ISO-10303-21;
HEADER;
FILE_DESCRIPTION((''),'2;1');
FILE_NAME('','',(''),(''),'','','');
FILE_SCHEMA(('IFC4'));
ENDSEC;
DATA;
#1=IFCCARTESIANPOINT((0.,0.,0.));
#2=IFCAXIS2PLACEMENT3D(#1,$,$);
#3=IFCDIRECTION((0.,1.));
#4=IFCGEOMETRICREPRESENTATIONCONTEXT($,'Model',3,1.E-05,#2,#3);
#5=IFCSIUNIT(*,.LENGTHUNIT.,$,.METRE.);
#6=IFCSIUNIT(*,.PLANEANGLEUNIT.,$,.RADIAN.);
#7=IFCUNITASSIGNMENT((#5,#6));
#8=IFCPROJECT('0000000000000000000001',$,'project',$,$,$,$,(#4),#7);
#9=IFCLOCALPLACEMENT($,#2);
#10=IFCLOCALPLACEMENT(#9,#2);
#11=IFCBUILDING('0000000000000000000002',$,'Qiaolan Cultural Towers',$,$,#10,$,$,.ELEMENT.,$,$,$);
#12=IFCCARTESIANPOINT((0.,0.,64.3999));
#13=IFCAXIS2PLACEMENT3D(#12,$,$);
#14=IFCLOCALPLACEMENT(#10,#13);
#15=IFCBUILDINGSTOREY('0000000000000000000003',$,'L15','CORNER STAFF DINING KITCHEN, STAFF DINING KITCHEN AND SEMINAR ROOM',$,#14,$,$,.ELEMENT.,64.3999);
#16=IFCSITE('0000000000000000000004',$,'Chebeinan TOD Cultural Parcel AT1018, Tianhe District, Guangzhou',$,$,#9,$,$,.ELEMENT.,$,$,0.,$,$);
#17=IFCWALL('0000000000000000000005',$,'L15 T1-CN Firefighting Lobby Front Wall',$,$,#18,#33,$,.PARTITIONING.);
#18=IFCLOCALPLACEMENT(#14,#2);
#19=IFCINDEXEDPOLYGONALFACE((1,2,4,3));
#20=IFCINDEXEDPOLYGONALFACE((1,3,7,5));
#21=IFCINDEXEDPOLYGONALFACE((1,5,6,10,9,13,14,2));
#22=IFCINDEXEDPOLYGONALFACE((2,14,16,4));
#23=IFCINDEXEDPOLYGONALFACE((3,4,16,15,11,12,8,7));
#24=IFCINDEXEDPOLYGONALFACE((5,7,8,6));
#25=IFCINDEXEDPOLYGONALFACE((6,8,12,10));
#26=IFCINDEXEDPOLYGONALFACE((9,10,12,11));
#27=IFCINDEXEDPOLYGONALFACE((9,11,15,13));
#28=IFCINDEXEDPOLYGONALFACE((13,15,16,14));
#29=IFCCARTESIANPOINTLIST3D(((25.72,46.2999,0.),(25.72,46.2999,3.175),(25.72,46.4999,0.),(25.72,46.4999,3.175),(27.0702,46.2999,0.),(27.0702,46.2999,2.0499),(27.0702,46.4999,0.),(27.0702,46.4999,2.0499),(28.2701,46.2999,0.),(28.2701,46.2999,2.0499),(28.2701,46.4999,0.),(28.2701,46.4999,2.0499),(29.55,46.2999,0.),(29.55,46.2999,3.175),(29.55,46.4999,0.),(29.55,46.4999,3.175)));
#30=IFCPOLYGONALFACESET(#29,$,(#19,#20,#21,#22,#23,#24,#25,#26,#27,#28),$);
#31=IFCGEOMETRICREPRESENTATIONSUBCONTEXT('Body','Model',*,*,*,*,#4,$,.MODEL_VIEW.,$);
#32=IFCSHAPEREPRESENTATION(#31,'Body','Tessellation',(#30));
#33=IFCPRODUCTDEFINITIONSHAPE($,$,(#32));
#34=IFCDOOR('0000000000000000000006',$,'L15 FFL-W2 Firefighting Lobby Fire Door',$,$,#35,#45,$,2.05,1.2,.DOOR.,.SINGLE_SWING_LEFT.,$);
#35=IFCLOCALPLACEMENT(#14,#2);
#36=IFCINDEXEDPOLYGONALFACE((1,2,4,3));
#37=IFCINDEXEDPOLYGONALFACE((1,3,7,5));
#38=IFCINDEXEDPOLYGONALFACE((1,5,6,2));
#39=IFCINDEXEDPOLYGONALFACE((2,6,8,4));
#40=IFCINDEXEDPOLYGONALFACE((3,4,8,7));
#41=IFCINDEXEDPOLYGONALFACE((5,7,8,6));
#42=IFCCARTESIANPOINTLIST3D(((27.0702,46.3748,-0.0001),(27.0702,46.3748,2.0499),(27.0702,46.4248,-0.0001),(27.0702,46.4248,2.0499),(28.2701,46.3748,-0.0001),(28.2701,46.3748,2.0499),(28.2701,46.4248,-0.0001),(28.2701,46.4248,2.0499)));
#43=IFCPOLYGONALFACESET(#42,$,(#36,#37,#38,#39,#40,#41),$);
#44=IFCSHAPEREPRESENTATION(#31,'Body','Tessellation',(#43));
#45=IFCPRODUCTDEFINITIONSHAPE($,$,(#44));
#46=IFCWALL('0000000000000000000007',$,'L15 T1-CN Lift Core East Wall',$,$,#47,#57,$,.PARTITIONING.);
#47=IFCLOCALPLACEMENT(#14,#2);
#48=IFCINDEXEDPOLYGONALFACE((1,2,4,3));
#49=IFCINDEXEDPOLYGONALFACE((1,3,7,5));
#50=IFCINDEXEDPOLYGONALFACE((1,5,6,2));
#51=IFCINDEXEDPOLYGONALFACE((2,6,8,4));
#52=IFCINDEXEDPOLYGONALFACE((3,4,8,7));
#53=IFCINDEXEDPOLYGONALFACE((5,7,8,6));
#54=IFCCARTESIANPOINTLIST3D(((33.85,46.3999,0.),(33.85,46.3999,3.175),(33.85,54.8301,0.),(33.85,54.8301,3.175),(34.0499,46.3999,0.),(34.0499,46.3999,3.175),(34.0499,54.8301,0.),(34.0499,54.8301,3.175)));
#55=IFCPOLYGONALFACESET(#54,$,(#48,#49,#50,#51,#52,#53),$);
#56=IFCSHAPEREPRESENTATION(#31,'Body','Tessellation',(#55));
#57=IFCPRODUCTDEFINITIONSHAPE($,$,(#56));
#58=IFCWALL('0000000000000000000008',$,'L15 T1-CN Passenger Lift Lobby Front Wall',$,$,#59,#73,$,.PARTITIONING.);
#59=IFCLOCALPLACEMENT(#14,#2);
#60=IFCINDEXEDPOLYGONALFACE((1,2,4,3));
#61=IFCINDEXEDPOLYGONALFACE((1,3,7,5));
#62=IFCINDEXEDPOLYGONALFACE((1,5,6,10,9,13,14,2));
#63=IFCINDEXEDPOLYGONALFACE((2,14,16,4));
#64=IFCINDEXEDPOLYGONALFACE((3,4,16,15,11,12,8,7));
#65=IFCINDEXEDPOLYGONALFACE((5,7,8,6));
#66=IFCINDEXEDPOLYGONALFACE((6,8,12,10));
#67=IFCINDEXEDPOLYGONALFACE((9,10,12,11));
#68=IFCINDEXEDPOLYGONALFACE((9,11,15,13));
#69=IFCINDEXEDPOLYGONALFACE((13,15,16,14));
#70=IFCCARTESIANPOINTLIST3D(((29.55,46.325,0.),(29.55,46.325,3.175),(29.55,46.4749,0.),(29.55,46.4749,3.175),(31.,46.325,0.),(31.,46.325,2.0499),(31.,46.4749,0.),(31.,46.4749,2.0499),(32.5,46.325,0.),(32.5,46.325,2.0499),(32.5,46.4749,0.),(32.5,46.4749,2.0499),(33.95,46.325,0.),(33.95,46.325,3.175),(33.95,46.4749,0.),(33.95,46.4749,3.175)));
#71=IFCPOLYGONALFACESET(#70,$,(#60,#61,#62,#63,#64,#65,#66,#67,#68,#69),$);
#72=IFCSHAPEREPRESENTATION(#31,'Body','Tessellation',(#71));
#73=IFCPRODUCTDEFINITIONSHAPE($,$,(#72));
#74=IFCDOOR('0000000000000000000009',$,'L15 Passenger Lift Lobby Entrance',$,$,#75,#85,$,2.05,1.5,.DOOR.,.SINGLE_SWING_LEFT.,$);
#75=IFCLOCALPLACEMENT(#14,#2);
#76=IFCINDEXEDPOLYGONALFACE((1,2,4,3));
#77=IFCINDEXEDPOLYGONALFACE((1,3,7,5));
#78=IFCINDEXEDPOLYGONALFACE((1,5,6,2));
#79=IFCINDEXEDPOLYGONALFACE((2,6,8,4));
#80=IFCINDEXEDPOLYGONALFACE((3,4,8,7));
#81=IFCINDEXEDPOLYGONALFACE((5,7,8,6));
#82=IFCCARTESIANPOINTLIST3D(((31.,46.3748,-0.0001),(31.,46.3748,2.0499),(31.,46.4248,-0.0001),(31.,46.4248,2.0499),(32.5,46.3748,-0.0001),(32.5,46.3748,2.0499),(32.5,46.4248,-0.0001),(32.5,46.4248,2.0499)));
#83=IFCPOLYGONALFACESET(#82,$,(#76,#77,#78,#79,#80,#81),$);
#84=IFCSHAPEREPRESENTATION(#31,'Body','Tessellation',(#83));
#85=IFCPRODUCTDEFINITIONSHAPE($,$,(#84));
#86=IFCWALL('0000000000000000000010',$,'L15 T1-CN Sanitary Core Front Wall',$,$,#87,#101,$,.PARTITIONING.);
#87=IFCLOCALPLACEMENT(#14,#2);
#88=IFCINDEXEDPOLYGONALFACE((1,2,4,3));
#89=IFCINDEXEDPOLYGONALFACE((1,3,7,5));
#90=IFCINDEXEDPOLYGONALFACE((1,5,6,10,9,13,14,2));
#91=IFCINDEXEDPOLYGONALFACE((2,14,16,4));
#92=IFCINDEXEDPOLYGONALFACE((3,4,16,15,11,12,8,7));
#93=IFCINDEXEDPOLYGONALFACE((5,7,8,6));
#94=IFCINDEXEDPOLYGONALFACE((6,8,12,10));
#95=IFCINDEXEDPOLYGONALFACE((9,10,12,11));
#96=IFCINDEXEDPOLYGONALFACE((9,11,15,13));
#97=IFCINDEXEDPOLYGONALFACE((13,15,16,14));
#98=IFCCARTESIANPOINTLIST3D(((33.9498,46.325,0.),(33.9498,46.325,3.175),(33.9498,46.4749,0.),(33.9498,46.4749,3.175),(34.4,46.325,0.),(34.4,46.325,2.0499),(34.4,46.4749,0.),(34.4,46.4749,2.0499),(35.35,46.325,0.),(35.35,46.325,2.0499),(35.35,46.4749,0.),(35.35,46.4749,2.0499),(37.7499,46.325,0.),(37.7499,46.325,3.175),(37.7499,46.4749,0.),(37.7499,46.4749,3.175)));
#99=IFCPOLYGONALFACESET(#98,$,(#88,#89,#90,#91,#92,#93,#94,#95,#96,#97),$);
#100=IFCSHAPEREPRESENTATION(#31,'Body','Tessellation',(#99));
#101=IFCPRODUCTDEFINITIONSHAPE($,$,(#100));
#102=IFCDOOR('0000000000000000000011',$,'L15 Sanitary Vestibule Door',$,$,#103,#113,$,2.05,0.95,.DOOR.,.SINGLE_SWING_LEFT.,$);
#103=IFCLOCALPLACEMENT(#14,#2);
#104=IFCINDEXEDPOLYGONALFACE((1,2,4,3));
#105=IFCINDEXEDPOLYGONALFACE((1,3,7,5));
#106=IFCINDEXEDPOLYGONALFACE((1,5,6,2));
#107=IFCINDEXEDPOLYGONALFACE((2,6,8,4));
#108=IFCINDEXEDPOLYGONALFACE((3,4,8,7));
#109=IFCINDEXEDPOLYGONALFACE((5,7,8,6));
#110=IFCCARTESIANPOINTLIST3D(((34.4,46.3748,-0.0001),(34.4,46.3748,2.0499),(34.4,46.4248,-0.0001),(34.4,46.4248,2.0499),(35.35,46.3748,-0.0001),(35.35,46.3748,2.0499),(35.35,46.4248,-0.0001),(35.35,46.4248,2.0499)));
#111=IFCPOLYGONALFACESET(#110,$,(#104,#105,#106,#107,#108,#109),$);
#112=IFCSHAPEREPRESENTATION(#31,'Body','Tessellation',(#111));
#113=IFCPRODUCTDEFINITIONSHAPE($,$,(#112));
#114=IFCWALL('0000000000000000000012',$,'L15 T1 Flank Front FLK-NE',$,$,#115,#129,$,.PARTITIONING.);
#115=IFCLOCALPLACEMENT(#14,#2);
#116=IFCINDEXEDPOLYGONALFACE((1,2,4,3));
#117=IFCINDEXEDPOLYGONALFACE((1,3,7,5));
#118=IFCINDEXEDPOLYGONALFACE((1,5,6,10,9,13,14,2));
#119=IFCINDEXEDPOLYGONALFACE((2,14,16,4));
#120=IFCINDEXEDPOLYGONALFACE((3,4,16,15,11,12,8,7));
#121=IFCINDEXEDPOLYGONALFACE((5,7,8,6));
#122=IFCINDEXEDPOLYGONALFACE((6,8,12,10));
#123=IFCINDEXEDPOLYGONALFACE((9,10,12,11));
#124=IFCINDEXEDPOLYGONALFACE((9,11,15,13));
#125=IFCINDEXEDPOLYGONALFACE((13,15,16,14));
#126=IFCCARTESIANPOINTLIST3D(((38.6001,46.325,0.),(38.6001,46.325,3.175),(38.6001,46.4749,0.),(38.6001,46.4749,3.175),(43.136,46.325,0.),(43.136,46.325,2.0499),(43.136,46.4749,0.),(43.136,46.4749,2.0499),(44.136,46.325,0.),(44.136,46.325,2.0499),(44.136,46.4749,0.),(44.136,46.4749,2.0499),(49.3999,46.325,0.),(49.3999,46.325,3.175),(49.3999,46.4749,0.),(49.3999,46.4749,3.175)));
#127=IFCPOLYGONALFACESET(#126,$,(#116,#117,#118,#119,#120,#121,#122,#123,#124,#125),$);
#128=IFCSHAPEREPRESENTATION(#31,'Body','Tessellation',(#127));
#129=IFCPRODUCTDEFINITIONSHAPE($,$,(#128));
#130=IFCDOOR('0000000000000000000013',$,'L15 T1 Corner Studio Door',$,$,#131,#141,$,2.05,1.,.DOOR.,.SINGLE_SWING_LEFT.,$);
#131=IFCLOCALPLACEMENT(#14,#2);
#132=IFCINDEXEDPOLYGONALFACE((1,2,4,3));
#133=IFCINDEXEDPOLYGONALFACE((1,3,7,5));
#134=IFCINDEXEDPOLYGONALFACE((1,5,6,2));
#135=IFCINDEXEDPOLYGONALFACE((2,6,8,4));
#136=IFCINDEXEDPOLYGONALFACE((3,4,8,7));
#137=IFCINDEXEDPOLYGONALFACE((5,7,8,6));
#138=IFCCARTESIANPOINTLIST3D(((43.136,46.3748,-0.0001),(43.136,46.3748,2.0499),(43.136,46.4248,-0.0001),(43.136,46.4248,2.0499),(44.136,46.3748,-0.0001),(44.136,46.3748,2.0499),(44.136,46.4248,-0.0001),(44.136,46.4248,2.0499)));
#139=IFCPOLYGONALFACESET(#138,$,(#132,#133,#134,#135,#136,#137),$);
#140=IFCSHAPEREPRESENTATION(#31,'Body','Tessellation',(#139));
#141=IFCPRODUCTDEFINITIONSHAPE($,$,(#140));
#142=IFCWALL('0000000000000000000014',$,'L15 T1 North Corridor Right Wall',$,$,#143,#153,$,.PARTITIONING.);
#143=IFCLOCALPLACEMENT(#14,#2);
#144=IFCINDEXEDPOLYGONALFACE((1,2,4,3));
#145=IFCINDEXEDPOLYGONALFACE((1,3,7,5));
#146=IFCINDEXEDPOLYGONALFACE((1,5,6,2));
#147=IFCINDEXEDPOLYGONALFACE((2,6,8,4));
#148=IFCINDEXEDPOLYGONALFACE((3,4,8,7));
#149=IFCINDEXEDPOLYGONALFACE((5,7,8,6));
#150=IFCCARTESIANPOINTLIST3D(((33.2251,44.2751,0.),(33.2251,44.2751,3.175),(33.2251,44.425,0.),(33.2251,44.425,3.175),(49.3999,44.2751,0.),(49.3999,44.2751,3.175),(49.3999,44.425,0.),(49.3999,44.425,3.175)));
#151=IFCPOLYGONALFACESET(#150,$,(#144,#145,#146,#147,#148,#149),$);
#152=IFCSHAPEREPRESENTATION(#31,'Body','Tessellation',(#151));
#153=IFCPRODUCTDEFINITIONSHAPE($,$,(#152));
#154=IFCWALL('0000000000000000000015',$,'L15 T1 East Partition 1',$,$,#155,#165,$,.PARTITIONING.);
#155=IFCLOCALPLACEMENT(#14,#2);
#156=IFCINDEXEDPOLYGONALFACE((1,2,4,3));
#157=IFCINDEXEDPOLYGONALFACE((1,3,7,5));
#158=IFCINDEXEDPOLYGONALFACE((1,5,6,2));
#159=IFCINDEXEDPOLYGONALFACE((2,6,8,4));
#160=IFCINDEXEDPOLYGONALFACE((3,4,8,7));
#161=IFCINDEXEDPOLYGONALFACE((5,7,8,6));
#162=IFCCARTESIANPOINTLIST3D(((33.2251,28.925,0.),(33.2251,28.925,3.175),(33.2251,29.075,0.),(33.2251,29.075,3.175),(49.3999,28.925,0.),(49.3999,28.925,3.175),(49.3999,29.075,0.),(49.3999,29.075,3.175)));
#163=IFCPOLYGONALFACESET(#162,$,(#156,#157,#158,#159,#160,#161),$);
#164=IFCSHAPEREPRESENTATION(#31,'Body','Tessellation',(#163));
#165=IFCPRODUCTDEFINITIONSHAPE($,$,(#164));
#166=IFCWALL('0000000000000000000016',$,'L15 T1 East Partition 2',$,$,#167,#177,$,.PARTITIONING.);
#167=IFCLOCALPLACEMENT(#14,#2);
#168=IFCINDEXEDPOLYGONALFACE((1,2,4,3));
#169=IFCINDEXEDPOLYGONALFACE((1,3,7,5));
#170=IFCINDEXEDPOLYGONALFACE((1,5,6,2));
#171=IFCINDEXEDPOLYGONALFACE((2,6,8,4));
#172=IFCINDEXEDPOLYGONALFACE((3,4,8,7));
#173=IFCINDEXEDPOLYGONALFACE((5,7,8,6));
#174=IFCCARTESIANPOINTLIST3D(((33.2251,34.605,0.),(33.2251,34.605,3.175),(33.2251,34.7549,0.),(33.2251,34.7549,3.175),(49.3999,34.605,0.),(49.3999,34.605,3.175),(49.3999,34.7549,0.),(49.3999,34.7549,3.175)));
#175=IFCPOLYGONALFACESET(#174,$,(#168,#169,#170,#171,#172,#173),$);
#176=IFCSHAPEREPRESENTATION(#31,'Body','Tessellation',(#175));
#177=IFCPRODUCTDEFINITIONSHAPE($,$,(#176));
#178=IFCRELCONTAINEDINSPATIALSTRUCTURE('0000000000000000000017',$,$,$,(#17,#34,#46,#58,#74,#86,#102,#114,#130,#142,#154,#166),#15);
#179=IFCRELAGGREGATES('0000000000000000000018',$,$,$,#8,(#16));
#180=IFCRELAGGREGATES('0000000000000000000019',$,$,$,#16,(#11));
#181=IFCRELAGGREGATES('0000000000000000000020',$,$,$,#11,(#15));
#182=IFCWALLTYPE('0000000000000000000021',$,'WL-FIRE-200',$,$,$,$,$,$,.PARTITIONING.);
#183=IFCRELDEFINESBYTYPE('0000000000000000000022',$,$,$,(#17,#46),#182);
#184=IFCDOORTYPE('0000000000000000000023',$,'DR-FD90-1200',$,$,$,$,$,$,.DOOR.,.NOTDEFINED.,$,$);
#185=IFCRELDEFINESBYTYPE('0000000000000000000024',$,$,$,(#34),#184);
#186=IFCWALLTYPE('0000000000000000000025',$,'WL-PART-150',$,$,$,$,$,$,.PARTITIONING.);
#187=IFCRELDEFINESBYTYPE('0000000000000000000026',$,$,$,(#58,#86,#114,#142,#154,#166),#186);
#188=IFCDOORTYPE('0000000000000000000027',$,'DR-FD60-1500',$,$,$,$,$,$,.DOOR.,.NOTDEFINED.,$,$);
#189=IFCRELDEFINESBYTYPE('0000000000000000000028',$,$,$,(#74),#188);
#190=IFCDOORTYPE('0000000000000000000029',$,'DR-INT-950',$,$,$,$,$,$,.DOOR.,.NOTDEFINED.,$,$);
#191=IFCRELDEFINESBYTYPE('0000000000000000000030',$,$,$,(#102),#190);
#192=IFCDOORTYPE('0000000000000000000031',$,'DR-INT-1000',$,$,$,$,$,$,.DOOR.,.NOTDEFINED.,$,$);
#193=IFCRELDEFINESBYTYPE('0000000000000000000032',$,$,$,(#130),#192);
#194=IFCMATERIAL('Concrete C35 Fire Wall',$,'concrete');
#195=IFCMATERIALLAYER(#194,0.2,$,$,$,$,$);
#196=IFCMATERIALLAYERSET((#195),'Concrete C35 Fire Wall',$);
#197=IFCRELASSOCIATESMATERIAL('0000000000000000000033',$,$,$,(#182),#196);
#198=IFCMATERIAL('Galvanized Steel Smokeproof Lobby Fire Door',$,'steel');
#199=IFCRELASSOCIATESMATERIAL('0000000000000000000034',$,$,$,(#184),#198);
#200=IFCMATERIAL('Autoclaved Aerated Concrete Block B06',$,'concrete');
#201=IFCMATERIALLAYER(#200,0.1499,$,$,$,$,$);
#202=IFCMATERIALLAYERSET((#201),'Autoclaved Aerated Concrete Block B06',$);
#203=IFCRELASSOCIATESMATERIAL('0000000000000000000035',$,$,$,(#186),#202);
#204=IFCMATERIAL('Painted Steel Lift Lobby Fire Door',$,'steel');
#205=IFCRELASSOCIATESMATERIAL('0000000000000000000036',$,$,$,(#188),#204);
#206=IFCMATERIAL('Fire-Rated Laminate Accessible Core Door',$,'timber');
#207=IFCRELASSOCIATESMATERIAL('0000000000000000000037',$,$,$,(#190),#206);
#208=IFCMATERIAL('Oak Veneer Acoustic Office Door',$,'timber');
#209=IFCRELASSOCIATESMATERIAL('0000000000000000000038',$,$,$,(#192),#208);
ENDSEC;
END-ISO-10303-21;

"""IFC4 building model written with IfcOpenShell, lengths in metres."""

from ifc_helpers import new_model, si_unit, direction, frame, frame_2d, origin, place, context, subcontext, project, spatial, rectangle, extrude, material, layer, layer_set, type_object, element, fill, save


model = new_model("IFC4")

# Units and contexts
model_context = context("Model", 3, precision=1e-05, world=origin(), true_north=direction((0.0, 1.0)))
body_context = subcontext(model_context, "Body", "Model", "MODEL_VIEW")
ifc_project = project(units=[si_unit("LENGTHUNIT", "METRE"), si_unit("PLANEANGLEUNIT", "RADIAN")], contexts=[model_context])

# Site, building, storey
site_placement = place(None, origin())
site = spatial("IfcSite", under=ifc_project, at=site_placement, Name="Chebeinan TOD Cultural Parcel AT1018, Tianhe District, Guangzhou", CompositionType="ELEMENT", RefElevation=0.0)
building_placement = place(site_placement, origin())
building = spatial("IfcBuilding", under=site, at=building_placement, Name="Qiaolan Cultural Towers", CompositionType="ELEMENT")
storey_placement = place(building_placement, frame((0.0, 0.0, 64.3999)))
storey = spatial("IfcBuildingStorey", under=building, at=storey_placement, Name="L15", Description="CORNER STAFF DINING KITCHEN, STAFF DINING KITCHEN AND SEMINAR ROOM", CompositionType="ELEMENT", Elevation=64.3999)

# Shared definitions
ifc_material_1 = material(Name="Concrete C35 Fire Wall", Category="concrete")
ifc_layer_1 = layer(ifc_material_1, 0.2)
ifc_layer_set_1 = layer_set([ifc_layer_1], Name="Concrete C35 Fire Wall")
wall_type_1 = type_object("IfcWallType", Name="WL-FIRE-200", PredefinedType="PARTITIONING", material=ifc_layer_set_1)

# Wall, opening, door
wall_1_placement = place(storey_placement, frame((25.72, 46.3999, 0.0), z_axis=(0.0, 0.0, 1.0), x_axis=(1.0, 0.0, 0.0)))
wall_1 = element("IfcWall", 1, at=wall_1_placement, inside=storey, type_object=wall_type_1, Name="L15 T1-CN Firefighting Lobby Front Wall", PredefinedType="PARTITIONING", context=body_context, shape_type="SweptSolid", body=[
    extrude(rectangle(XDim=3.8301, YDim=0.2, at=frame_2d((1.915, 0.0))), origin(), (0.0, 0.0, 1.0), 3.175),
])
opening_1_placement = place(wall_1_placement, frame((1.3501, 0.0, 0.0)))
opening_1 = element("IfcOpeningElement", 2, at=opening_1_placement, cuts=wall_1, PredefinedType="OPENING", context=body_context, shape_type="SweptSolid", body=[
    extrude(rectangle(XDim=1.2, YDim=2.05, at=frame_2d((0.6001, 1.0249))), frame((0.0, 0.1099, 0.0), z_axis=(0.0, -1.0, 0.0), x_axis=(1.0, 0.0, 0.0)), (0.0, 0.0, 1.0), 0.22),
])
ifc_material_2 = material(Name="Galvanized Steel Smokeproof Lobby Fire Door", Category="steel")
door_type_1 = type_object("IfcDoorType", Name="DR-FD90-1200", OperationType="NOTDEFINED", PredefinedType="DOOR", material=ifc_material_2)
door_1_placement = place(opening_1_placement, origin())
door_1 = element("IfcDoor", 3, at=door_1_placement, inside=storey, type_object=door_type_1, Name="L15 FFL-W2 Firefighting Lobby Fire Door", OperationType="SINGLE_SWING_LEFT", OverallHeight=2.05, OverallWidth=1.2, PredefinedType="DOOR", context=body_context, shape_type="SweptSolid", body=[
    extrude(rectangle(XDim=1.2, YDim=2.05, at=frame_2d((0.6001, 1.0249))), frame((0.0, 0.0249, 0.0), z_axis=(0.0, -1.0, 0.0), x_axis=(1.0, 0.0, 0.0)), (0.0, 0.0, 1.0), 0.05),
])
fill(opening_1, door_1)

# Wall
wall_2_placement = place(storey_placement, frame((33.95, 46.3999, 0.0), z_axis=(0.0, 0.0, 1.0), x_axis=(0.0, 1.0, 0.0)))
element("IfcWall", 4, at=wall_2_placement, inside=storey, type_object=wall_type_1, Name="L15 T1-CN Lift Core East Wall", PredefinedType="PARTITIONING", context=body_context, shape_type="SweptSolid", body=[
    extrude(rectangle(XDim=8.4302, YDim=0.2, at=frame_2d((4.2151, 0.0))), origin(), (0.0, 0.0, 1.0), 3.175),
])

# Walls, openings, doors
ifc_material_3 = material(Name="Autoclaved Aerated Concrete Block B06", Category="concrete")
ifc_layer_2 = layer(ifc_material_3, 0.1499)
ifc_layer_set_2 = layer_set([ifc_layer_2], Name="Autoclaved Aerated Concrete Block B06")
wall_type_2 = type_object("IfcWallType", Name="WL-PART-150", PredefinedType="PARTITIONING", material=ifc_layer_set_2)
wall_3_placement = place(storey_placement, frame((29.55, 46.3999, 0.0), z_axis=(0.0, 0.0, 1.0), x_axis=(1.0, 0.0, 0.0)))
wall_3 = element("IfcWall", 5, at=wall_3_placement, inside=storey, type_object=wall_type_2, Name="L15 T1-CN Passenger Lift Lobby Front Wall", PredefinedType="PARTITIONING", context=body_context, shape_type="SweptSolid", body=[
    extrude(rectangle(XDim=4.3999, YDim=0.1499, at=frame_2d((2.2, 0.0))), origin(), (0.0, 0.0, 1.0), 3.175),
])
opening_2_placement = place(wall_3_placement, frame((1.45, 0.0, 0.0)))
opening_2 = element("IfcOpeningElement", 6, at=opening_2_placement, cuts=wall_3, PredefinedType="OPENING", context=body_context, shape_type="SweptSolid", body=[
    extrude(rectangle(XDim=1.5, YDim=2.05, at=frame_2d((0.75, 1.0249))), frame((0.0, 0.085, 0.0), z_axis=(0.0, -1.0, 0.0), x_axis=(1.0, 0.0, 0.0)), (0.0, 0.0, 1.0), 0.1699),
])
ifc_material_4 = material(Name="Painted Steel Lift Lobby Fire Door", Category="steel")
door_type_2 = type_object("IfcDoorType", Name="DR-FD60-1500", OperationType="NOTDEFINED", PredefinedType="DOOR", material=ifc_material_4)
door_2_placement = place(opening_2_placement, origin())
door_2 = element("IfcDoor", 7, at=door_2_placement, inside=storey, type_object=door_type_2, Name="L15 Passenger Lift Lobby Entrance", OperationType="SINGLE_SWING_LEFT", OverallHeight=2.05, OverallWidth=1.5, PredefinedType="DOOR", context=body_context, shape_type="SweptSolid", body=[
    extrude(rectangle(XDim=1.5, YDim=2.05, at=frame_2d((0.75, 1.0249))), frame((0.0, 0.0249, 0.0), z_axis=(0.0, -1.0, 0.0), x_axis=(1.0, 0.0, 0.0)), (0.0, 0.0, 1.0), 0.05),
])
fill(opening_2, door_2)
wall_4_placement = place(storey_placement, frame((33.95, 46.3999, 0.0), z_axis=(0.0, 0.0, 1.0), x_axis=(1.0, 0.0, 0.0)))
wall_4 = element("IfcWall", 8, at=wall_4_placement, inside=storey, type_object=wall_type_2, Name="L15 T1-CN Sanitary Core Front Wall", PredefinedType="PARTITIONING", context=body_context, shape_type="SweptSolid", body=[
    extrude(rectangle(XDim=3.8, YDim=0.1499, at=frame_2d((1.8999, 0.0))), origin(), (0.0, 0.0, 1.0), 3.175),
])
opening_3_placement = place(wall_4_placement, frame((0.45, 0.0, 0.0)))
opening_3 = element("IfcOpeningElement", 9, at=opening_3_placement, cuts=wall_4, PredefinedType="OPENING", context=body_context, shape_type="SweptSolid", body=[
    extrude(rectangle(XDim=0.95, YDim=2.05, at=frame_2d((0.4751, 1.0249))), frame((0.0, 0.085, 0.0), z_axis=(0.0, -1.0, 0.0), x_axis=(1.0, 0.0, 0.0)), (0.0, 0.0, 1.0), 0.1699),
])
ifc_material_5 = material(Name="Fire-Rated Laminate Accessible Core Door", Category="timber")
door_type_3 = type_object("IfcDoorType", Name="DR-INT-950", OperationType="NOTDEFINED", PredefinedType="DOOR", material=ifc_material_5)
door_3_placement = place(opening_3_placement, origin())
door_3 = element("IfcDoor", 10, at=door_3_placement, inside=storey, type_object=door_type_3, Name="L15 Sanitary Vestibule Door", OperationType="SINGLE_SWING_LEFT", OverallHeight=2.05, OverallWidth=0.95, PredefinedType="DOOR", context=body_context, shape_type="SweptSolid", body=[
    extrude(rectangle(XDim=0.95, YDim=2.05, at=frame_2d((0.4751, 1.0249))), frame((0.0, 0.0249, 0.0), z_axis=(0.0, -1.0, 0.0), x_axis=(1.0, 0.0, 0.0)), (0.0, 0.0, 1.0), 0.05),
])
fill(opening_3, door_3)
wall_5_placement = place(storey_placement, frame((38.6001, 46.3999, 0.0), z_axis=(0.0, 0.0, 1.0), x_axis=(1.0, 0.0, 0.0)))
wall_5 = element("IfcWall", 11, at=wall_5_placement, inside=storey, type_object=wall_type_2, Name="L15 T1 Flank Front FLK-NE", PredefinedType="PARTITIONING", context=body_context, shape_type="SweptSolid", body=[
    extrude(rectangle(XDim=10.7998, YDim=0.1499, at=frame_2d((5.3999, 0.0))), origin(), (0.0, 0.0, 1.0), 3.175),
])
opening_4_placement = place(wall_5_placement, frame((4.5359, 0.0, 0.0)))
opening_4 = element("IfcOpeningElement", 12, at=opening_4_placement, cuts=wall_5, PredefinedType="OPENING", context=body_context, shape_type="SweptSolid", body=[
    extrude(rectangle(XDim=1.0, YDim=2.05, at=frame_2d((0.5, 1.0249))), frame((0.0, 0.085, 0.0), z_axis=(0.0, -1.0, 0.0), x_axis=(1.0, 0.0, 0.0)), (0.0, 0.0, 1.0), 0.1699),
])
ifc_material_6 = material(Name="Oak Veneer Acoustic Office Door", Category="timber")
door_type_4 = type_object("IfcDoorType", Name="DR-INT-1000", OperationType="NOTDEFINED", PredefinedType="DOOR", material=ifc_material_6)
door_4_placement = place(opening_4_placement, origin())
door_4 = element("IfcDoor", 13, at=door_4_placement, inside=storey, type_object=door_type_4, Name="L15 T1 Corner Studio Door", OperationType="SINGLE_SWING_LEFT", OverallHeight=2.05, OverallWidth=1.0, PredefinedType="DOOR", context=body_context, shape_type="SweptSolid", body=[
    extrude(rectangle(XDim=1.0, YDim=2.05, at=frame_2d((0.5, 1.0249))), frame((0.0, 0.0249, 0.0), z_axis=(0.0, -1.0, 0.0), x_axis=(1.0, 0.0, 0.0)), (0.0, 0.0, 1.0), 0.05),
])
fill(opening_4, door_4)

# Walls
for number, where, z_axis, x_axis, name in (
    (14, (33.2251, 44.3501, 0.0), (0.0, 0.0, 1.0), (1.0, 0.0, 0.0), "L15 T1 North Corridor Right Wall"),
    (15, (33.2251, 29.0, 0.0), (0.0, 0.0, 1.0), (1.0, 0.0, 0.0), "L15 T1 East Partition 1"),
    (16, (33.2251, 34.6799, 0.0), (0.0, 0.0, 1.0), (1.0, 0.0, 0.0), "L15 T1 East Partition 2"),
):
    element("IfcWall", number, at=place(storey_placement, frame(where, z_axis=z_axis, x_axis=x_axis)), inside=storey, type_object=wall_type_2, Name=name, PredefinedType="PARTITIONING", context=body_context, shape_type="SweptSolid", body=[
        extrude(rectangle(XDim=16.1748, YDim=0.1499, at=frame_2d((8.0874, 0.0))), origin(), (0.0, 0.0, 1.0), 3.175),
    ])

save(model, "model.ifc")
